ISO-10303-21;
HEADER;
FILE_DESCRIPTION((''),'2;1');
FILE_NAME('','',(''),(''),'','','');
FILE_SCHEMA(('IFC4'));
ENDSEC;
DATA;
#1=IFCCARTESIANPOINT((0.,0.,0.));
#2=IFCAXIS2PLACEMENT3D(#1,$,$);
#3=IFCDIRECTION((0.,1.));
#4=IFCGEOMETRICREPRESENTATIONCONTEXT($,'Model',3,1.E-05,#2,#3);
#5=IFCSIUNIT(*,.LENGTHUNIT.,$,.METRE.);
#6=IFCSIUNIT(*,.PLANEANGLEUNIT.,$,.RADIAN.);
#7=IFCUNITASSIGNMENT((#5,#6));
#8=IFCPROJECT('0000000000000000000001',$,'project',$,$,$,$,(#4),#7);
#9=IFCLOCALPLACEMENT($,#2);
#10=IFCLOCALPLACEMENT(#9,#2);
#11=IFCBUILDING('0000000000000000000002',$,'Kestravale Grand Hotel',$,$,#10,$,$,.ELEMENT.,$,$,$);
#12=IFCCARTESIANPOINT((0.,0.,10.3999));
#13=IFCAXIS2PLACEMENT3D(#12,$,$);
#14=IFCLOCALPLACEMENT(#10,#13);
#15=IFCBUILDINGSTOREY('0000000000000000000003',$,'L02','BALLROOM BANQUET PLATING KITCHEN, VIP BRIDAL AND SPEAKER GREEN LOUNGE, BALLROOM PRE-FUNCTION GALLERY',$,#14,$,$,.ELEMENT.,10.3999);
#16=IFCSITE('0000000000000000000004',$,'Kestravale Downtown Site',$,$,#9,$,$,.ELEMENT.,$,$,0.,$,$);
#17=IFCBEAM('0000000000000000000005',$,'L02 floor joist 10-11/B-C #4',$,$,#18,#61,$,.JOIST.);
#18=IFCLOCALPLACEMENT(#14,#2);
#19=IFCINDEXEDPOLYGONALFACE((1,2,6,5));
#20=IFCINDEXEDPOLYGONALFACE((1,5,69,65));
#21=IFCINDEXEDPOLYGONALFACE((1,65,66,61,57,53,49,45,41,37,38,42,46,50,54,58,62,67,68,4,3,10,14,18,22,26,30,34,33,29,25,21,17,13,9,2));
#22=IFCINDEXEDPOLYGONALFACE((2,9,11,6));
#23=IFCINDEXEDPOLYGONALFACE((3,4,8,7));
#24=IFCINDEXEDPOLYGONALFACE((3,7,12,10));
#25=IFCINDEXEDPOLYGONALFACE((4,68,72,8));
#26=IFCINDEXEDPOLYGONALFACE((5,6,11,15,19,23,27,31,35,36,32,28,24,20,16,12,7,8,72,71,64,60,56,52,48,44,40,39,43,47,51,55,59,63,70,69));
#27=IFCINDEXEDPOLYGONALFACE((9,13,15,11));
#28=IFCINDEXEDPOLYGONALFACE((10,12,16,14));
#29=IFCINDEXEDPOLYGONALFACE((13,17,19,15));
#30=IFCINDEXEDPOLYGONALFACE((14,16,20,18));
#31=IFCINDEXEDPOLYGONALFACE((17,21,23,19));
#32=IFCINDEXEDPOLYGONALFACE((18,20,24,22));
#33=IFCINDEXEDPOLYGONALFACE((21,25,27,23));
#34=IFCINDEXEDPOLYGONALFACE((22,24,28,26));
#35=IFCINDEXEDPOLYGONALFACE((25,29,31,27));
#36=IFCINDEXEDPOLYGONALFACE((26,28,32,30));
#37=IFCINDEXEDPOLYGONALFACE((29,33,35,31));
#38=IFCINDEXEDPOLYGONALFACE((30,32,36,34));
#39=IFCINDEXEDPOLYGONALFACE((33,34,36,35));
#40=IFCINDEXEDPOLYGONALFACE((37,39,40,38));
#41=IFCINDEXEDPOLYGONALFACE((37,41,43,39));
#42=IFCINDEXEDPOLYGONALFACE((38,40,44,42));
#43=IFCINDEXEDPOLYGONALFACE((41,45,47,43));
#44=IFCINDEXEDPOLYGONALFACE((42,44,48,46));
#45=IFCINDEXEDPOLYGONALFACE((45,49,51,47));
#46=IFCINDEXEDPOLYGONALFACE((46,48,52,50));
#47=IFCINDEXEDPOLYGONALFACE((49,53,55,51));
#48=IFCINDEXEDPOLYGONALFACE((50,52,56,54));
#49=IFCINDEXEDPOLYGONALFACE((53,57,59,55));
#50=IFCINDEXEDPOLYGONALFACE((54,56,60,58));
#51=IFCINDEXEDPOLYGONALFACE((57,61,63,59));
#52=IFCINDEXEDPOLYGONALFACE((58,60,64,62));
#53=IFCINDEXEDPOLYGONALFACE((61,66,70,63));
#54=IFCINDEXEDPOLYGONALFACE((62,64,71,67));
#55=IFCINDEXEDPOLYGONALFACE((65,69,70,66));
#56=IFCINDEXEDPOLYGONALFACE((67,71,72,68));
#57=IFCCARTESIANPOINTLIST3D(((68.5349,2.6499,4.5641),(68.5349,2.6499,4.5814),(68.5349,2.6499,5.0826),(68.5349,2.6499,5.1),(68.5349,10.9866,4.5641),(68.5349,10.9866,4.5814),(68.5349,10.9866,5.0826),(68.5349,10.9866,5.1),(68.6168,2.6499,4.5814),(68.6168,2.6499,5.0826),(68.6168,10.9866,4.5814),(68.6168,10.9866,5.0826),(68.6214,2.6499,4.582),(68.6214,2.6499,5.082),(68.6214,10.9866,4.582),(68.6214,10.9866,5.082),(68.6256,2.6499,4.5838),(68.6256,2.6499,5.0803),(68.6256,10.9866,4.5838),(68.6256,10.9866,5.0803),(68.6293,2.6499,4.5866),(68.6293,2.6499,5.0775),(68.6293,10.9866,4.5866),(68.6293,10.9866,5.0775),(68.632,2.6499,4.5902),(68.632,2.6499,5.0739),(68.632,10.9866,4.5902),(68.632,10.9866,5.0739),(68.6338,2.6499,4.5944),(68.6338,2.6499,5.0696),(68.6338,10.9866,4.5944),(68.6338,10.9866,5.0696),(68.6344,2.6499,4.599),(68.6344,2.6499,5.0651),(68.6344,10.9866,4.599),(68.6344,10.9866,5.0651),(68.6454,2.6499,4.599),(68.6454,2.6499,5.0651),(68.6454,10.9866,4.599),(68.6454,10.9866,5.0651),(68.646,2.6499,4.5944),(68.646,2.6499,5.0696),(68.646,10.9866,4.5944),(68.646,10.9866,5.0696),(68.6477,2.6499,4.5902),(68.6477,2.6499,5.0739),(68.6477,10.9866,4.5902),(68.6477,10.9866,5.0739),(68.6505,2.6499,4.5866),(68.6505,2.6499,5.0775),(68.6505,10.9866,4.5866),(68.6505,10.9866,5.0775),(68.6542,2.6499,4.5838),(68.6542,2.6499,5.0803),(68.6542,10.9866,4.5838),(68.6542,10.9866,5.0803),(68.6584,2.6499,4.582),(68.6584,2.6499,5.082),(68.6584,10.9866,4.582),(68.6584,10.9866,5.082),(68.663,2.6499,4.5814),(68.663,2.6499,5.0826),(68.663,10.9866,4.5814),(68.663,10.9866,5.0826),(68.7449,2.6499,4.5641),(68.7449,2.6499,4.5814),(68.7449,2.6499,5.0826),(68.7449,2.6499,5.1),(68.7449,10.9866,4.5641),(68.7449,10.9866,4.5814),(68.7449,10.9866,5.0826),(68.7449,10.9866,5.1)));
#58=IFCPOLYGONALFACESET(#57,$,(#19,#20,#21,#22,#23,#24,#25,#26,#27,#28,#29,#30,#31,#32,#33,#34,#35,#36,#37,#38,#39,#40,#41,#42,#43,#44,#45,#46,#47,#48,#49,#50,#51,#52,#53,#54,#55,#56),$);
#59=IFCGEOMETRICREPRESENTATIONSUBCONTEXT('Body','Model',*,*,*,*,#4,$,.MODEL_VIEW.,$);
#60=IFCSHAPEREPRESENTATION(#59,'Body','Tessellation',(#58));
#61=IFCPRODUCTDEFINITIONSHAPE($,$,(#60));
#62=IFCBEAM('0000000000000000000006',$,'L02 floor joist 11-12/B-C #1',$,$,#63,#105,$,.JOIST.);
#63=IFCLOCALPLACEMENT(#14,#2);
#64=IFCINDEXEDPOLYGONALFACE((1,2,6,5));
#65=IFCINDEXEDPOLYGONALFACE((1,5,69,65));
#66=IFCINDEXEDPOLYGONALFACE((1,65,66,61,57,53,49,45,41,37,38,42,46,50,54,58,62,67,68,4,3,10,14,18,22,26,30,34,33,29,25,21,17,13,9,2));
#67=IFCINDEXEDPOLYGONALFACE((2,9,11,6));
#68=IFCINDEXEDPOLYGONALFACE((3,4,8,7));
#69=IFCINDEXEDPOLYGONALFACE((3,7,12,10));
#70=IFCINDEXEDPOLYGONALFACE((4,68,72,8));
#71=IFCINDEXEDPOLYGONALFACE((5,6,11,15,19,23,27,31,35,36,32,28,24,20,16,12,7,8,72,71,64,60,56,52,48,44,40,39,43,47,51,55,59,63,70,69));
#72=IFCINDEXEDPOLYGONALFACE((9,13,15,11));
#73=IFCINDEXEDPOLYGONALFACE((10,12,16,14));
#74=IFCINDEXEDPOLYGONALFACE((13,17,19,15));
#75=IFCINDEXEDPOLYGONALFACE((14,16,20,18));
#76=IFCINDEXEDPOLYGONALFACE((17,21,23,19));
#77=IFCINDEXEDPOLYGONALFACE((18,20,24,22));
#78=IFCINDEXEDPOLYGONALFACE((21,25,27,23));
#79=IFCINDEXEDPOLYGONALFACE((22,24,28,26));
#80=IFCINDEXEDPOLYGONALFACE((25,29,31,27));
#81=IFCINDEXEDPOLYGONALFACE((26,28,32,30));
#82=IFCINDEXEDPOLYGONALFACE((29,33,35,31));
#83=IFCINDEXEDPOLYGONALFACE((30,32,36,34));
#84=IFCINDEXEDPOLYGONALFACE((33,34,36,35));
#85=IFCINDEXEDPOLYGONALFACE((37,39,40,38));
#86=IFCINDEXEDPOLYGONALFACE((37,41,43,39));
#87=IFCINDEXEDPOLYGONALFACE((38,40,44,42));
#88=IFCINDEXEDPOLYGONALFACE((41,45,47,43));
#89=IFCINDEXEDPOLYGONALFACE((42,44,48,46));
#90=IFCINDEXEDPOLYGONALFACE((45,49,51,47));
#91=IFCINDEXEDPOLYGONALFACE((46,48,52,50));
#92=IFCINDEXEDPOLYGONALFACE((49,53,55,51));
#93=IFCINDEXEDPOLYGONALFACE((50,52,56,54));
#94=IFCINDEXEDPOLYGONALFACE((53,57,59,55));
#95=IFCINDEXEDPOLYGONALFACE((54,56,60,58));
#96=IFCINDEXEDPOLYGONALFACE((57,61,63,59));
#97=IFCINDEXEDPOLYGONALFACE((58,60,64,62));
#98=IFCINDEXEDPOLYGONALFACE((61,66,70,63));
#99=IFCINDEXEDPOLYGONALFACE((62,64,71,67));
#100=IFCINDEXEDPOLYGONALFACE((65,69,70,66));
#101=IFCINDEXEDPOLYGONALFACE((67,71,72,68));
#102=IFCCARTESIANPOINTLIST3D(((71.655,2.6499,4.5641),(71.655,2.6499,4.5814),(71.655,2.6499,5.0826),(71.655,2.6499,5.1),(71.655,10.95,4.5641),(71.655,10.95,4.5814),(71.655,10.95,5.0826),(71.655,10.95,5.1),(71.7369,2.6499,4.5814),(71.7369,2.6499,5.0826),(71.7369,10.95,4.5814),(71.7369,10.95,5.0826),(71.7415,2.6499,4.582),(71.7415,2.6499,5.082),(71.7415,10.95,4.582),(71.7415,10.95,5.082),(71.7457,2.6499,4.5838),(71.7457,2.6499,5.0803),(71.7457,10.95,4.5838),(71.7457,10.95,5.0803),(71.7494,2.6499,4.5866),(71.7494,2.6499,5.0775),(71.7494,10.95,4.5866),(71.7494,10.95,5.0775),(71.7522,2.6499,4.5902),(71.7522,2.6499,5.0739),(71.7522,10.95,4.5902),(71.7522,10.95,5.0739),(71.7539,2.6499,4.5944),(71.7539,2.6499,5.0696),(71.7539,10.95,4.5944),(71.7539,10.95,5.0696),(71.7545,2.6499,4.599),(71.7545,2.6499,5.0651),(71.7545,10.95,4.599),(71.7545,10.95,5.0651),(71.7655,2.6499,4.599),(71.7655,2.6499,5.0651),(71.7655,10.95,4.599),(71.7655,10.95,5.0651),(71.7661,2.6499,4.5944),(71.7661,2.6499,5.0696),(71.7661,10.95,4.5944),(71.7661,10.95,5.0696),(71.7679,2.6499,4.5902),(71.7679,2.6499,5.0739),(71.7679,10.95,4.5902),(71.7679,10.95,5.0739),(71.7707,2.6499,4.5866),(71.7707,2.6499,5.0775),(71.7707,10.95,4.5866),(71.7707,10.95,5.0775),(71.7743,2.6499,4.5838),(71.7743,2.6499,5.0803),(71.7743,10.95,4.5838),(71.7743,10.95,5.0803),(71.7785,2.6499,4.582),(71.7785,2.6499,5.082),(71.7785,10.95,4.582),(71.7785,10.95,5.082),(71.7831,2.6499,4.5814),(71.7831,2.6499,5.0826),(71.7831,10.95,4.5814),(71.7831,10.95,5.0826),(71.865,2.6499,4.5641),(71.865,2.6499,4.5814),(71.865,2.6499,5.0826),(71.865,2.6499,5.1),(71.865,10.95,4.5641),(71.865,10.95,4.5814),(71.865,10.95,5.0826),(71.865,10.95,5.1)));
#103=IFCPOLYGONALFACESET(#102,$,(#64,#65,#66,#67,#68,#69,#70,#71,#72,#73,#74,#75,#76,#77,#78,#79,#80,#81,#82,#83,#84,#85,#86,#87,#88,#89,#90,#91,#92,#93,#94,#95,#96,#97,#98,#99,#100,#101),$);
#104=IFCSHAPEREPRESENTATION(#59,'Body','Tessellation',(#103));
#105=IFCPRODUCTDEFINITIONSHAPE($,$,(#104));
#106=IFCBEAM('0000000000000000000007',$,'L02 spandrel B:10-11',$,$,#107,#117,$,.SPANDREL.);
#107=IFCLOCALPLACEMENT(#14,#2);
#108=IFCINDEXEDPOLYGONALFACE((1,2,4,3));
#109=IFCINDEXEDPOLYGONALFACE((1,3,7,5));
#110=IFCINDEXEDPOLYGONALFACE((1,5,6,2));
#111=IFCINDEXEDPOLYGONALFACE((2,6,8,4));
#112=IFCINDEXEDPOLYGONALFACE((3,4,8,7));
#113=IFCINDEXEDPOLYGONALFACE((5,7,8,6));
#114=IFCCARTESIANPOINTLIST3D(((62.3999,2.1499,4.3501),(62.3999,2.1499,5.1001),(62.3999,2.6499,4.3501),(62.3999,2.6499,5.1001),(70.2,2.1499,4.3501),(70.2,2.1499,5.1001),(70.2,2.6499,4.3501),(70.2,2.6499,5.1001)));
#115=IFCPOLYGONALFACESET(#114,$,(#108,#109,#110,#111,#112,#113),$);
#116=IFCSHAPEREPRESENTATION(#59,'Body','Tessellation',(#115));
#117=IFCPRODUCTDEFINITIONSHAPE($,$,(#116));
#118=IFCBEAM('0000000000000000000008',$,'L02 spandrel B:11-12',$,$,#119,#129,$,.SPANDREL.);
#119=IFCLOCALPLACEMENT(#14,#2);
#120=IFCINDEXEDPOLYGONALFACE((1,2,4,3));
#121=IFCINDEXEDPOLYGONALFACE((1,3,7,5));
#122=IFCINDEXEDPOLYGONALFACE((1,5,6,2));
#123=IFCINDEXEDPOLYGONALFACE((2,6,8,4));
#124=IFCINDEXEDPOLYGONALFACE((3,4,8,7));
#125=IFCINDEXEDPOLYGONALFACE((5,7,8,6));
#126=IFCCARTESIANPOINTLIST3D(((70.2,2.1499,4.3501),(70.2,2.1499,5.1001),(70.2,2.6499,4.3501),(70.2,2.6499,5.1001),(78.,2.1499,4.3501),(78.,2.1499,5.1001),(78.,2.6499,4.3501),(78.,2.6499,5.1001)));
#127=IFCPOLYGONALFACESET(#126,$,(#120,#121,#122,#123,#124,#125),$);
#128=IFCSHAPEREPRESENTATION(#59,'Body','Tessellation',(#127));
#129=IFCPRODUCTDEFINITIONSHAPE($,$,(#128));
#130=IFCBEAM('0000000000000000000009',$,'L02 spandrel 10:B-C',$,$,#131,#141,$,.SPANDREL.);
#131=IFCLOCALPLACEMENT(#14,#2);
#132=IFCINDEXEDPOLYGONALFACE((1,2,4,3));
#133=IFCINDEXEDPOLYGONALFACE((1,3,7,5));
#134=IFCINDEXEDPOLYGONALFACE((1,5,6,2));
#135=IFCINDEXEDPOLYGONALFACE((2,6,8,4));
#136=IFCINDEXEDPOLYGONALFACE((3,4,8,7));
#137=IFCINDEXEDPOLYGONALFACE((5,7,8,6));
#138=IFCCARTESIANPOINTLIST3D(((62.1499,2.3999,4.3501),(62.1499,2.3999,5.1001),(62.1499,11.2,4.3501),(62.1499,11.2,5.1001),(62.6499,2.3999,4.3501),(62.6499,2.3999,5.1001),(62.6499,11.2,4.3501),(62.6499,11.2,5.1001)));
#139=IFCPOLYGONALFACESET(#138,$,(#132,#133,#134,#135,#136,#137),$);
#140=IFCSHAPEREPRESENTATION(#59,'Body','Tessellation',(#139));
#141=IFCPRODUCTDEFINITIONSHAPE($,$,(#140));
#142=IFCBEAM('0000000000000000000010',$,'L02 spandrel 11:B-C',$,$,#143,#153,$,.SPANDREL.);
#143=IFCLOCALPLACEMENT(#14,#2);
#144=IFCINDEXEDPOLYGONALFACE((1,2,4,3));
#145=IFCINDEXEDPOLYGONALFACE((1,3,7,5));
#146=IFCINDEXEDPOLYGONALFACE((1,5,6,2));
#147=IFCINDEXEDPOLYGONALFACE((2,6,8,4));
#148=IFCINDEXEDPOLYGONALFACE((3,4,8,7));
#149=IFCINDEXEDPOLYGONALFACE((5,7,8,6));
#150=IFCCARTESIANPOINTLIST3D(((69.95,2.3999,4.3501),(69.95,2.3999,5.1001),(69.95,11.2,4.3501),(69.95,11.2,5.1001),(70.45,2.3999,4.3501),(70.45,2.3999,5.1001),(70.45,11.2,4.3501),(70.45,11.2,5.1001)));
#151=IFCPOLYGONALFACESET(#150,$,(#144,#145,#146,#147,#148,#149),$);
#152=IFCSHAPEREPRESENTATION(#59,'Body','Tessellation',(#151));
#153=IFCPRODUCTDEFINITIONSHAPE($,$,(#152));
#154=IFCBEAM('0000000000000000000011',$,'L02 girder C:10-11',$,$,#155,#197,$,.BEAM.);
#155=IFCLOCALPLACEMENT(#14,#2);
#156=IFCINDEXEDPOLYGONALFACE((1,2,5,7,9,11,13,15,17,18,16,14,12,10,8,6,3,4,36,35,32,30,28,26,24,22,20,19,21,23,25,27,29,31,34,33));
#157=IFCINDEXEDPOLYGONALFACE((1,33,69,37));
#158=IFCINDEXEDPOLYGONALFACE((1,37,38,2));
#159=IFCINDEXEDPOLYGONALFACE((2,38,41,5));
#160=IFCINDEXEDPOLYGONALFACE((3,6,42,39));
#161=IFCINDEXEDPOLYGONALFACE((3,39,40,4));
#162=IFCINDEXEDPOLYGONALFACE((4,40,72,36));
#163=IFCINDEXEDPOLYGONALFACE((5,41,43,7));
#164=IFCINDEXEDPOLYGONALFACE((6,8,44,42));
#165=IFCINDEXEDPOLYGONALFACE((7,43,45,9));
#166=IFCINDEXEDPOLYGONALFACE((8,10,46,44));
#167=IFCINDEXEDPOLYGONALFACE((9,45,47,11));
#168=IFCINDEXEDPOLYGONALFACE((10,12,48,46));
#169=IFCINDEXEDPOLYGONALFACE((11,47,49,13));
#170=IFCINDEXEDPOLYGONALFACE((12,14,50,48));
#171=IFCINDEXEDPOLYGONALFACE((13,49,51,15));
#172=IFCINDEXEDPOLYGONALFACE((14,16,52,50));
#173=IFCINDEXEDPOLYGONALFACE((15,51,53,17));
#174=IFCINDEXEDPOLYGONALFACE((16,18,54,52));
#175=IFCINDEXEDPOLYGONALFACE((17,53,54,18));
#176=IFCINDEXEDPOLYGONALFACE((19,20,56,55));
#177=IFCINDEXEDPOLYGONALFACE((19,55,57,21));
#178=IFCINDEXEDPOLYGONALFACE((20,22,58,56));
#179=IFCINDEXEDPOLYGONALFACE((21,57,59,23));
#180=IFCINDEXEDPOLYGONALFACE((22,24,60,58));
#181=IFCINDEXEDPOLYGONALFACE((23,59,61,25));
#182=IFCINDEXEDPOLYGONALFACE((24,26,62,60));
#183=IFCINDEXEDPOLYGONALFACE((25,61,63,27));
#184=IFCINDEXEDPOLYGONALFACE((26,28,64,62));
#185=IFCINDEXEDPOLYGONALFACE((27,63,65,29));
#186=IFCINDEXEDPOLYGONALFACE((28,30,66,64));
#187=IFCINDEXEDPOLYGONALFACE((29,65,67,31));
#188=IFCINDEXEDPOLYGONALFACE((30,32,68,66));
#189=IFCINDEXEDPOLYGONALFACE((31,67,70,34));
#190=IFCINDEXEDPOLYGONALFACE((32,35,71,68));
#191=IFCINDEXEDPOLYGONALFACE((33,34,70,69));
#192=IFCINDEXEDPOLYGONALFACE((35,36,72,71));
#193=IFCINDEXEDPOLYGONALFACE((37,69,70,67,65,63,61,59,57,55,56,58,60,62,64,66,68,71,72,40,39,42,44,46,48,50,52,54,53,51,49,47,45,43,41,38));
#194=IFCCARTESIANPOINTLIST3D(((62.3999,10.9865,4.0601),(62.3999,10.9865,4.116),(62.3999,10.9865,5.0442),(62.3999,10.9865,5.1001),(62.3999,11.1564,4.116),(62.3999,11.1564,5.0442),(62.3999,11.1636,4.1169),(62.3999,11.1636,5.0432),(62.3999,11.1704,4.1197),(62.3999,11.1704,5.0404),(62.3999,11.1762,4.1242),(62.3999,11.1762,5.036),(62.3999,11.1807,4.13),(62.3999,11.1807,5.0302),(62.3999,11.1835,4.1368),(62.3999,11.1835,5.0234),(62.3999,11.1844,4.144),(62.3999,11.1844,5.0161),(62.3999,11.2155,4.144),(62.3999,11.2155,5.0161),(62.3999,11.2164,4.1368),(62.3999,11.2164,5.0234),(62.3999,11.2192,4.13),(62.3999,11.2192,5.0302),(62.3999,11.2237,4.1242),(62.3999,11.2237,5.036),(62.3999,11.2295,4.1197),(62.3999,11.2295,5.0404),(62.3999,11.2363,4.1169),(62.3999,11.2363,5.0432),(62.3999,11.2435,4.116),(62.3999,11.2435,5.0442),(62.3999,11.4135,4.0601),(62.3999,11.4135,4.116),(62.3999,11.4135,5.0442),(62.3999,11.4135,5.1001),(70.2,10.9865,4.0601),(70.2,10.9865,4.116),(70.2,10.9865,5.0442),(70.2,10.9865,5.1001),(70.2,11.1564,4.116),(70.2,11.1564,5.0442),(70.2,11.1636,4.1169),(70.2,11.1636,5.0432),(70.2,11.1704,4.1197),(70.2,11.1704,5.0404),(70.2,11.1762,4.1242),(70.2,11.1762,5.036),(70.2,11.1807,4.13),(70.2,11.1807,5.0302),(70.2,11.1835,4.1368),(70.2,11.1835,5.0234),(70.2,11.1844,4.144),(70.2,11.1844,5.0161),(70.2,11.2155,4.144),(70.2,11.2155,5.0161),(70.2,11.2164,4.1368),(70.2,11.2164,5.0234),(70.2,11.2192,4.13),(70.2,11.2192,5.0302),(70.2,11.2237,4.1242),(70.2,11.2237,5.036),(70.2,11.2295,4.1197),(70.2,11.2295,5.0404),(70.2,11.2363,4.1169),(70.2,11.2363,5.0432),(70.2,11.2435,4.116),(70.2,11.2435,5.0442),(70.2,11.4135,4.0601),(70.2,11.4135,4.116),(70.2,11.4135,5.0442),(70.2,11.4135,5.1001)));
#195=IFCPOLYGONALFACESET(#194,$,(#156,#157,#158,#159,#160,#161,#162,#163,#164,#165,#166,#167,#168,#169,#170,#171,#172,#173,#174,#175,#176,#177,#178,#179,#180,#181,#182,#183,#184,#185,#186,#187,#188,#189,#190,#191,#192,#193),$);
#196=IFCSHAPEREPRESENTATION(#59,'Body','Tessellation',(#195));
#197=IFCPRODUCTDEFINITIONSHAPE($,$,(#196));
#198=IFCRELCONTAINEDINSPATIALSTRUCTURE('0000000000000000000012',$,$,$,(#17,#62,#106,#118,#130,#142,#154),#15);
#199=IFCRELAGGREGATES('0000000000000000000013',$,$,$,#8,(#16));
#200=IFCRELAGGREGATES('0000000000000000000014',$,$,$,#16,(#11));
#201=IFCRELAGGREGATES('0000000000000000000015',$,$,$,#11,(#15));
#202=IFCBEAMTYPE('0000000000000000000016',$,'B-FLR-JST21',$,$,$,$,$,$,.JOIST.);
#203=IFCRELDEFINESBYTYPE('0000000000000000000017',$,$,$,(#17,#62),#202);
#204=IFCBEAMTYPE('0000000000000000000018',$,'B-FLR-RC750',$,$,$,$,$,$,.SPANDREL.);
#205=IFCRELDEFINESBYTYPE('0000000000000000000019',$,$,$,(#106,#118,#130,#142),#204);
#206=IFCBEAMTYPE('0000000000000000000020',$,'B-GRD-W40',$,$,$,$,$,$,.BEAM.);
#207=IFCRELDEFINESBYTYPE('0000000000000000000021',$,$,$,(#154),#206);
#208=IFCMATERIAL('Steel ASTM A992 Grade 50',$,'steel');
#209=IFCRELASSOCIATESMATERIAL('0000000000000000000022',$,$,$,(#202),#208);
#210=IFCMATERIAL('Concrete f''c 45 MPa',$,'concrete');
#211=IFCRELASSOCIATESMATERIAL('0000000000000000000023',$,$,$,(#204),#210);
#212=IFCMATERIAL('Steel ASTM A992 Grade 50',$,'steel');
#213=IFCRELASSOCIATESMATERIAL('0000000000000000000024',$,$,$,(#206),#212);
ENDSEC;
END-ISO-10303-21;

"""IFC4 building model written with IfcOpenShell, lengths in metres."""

from ifc_helpers import new_model, si_unit, direction, frame, origin, origin_2d, place, context, subcontext, project, spatial, rectangle, i_section, extrude, material, material_profile, profile_set, type_object, element, save


model = new_model("IFC4")

# Units and contexts
model_context = context("Model", 3, precision=1e-05, world=origin(), true_north=direction((0.0, 1.0)))
body_context = subcontext(model_context, "Body", "Model", "MODEL_VIEW")
ifc_project = project(units=[si_unit("LENGTHUNIT", "METRE"), si_unit("PLANEANGLEUNIT", "RADIAN")], contexts=[model_context])

# Site, building, storey
site_placement = place(None, origin())
site = spatial("IfcSite", under=ifc_project, at=site_placement, Name="Kestravale Downtown Site", CompositionType="ELEMENT", RefElevation=0.0)
building_placement = place(site_placement, origin())
building = spatial("IfcBuilding", under=site, at=building_placement, Name="Kestravale Grand Hotel", CompositionType="ELEMENT")
storey_placement = place(building_placement, frame((0.0, 0.0, 10.3999)))
storey = spatial("IfcBuildingStorey", under=building, at=storey_placement, Name="L02", Description="BALLROOM BANQUET PLATING KITCHEN, VIP BRIDAL AND SPEAKER GREEN LOUNGE, BALLROOM PRE-FUNCTION GALLERY", CompositionType="ELEMENT", Elevation=10.3999)

# Beams
ifc_material_1 = material(Name="Steel ASTM A992 Grade 50", Category="steel")
ifc_material_profile_1 = material_profile(ifc_material_1, i_section(OverallWidth=0.21, OverallDepth=0.5359, WebThickness=0.011, FlangeThickness=0.0173, FilletRadius=0.0176, at=origin_2d()))
ifc_profile_set_1 = profile_set([ifc_material_profile_1], Name="Steel ASTM A992 Grade 50")
beam_type_1 = type_object("IfcBeamType", Name="B-FLR-JST21", PredefinedType="JOIST", material=ifc_profile_set_1)
for number, where, z_axis, x_axis, name in (
    (1, (68.6399, 2.6499, 4.832), (0.0, 1.0, 0.0), (-1.0, 0.0, 0.0), "L02 floor joist 10-11/B-C #4"),
):
    element("IfcBeam", number, at=place(storey_placement, frame(where, z_axis=z_axis, x_axis=x_axis)), inside=storey, type_object=beam_type_1, Name=name, PredefinedType="JOIST", context=body_context, shape_type="SweptSolid", body=[
        extrude(i_section(OverallWidth=0.21, OverallDepth=0.5359, WebThickness=0.011, FlangeThickness=0.0173, FilletRadius=0.0176, at=origin_2d()), origin(), (0.0, 0.0, 1.0), 8.3367),
    ])
beam_1_placement = place(storey_placement, frame((71.76, 2.6499, 4.832), z_axis=(0.0, 1.0, 0.0), x_axis=(-1.0, 0.0, 0.0)))
element("IfcBeam", 2, at=beam_1_placement, inside=storey, type_object=beam_type_1, Name="L02 floor joist 11-12/B-C #1", PredefinedType="JOIST", context=body_context, shape_type="SweptSolid", body=[
    extrude(i_section(OverallWidth=0.21, OverallDepth=0.5359, WebThickness=0.011, FlangeThickness=0.0173, FilletRadius=0.0176, at=origin_2d()), origin(), (0.0, 0.0, 1.0), 8.3),
])
ifc_material_2 = material(Name="Concrete f'c 45 MPa", Category="concrete")
ifc_material_profile_2 = material_profile(ifc_material_2, rectangle(XDim=0.5, YDim=0.75, at=origin_2d()))
ifc_profile_set_2 = profile_set([ifc_material_profile_2], Name="Concrete f'c 45 MPa")
beam_type_2 = type_object("IfcBeamType", Name="B-FLR-RC750", PredefinedType="SPANDREL", material=ifc_profile_set_2)
for number, where, z_axis, x_axis, name in (
    (3, (62.3999, 2.3999, 4.7251), (1.0, 0.0, 0.0), (0.0, 1.0, 0.0), "L02 spandrel B:10-11"),
    (4, (70.2, 2.3999, 4.7251), (1.0, 0.0, 0.0), (0.0, 1.0, 0.0), "L02 spandrel B:11-12"),
):
    element("IfcBeam", number, at=place(storey_placement, frame(where, z_axis=z_axis, x_axis=x_axis)), inside=storey, type_object=beam_type_2, Name=name, PredefinedType="SPANDREL", context=body_context, shape_type="SweptSolid", body=[
        extrude(rectangle(XDim=0.5, YDim=0.75, at=origin_2d()), origin(), (0.0, 0.0, 1.0), 7.8),
    ])
for number, where, z_axis, x_axis, name in (
    (5, (62.3999, 2.3999, 4.7251), (0.0, 1.0, 0.0), (-1.0, 0.0, 0.0), "L02 spandrel 10:B-C"),
    (6, (70.2, 2.3999, 4.7251), (0.0, 1.0, 0.0), (-1.0, 0.0, 0.0), "L02 spandrel 11:B-C"),
):
    element("IfcBeam", number, at=place(storey_placement, frame(where, z_axis=z_axis, x_axis=x_axis)), inside=storey, type_object=beam_type_2, Name=name, PredefinedType="SPANDREL", context=body_context, shape_type="SweptSolid", body=[
        extrude(rectangle(XDim=0.5, YDim=0.75, at=origin_2d()), origin(), (0.0, 0.0, 1.0), 8.8),
    ])
ifc_material_3 = material(Name="Steel ASTM A992 Grade 50", Category="steel")
ifc_material_profile_3 = material_profile(ifc_material_3, i_section(OverallWidth=0.427, OverallDepth=1.04, WebThickness=0.031, FlangeThickness=0.0559, FilletRadius=0.0281, at=origin_2d()))
ifc_profile_set_3 = profile_set([ifc_material_profile_3], Name="Steel ASTM A992 Grade 50")
beam_type_3 = type_object("IfcBeamType", Name="B-GRD-W40", PredefinedType="BEAM", material=ifc_profile_set_3)
beam_2_placement = place(storey_placement, frame((62.3999, 11.2, 4.5801), z_axis=(1.0, 0.0, 0.0), x_axis=(0.0, 1.0, 0.0)))
element("IfcBeam", 7, at=beam_2_placement, inside=storey, type_object=beam_type_3, Name="L02 girder C:10-11", PredefinedType="BEAM", context=body_context, shape_type="SweptSolid", body=[
    extrude(i_section(OverallWidth=0.427, OverallDepth=1.04, WebThickness=0.031, FlangeThickness=0.0559, FilletRadius=0.0281, at=origin_2d()), origin(), (0.0, 0.0, 1.0), 7.8),
])

save(model, "model.ifc")
